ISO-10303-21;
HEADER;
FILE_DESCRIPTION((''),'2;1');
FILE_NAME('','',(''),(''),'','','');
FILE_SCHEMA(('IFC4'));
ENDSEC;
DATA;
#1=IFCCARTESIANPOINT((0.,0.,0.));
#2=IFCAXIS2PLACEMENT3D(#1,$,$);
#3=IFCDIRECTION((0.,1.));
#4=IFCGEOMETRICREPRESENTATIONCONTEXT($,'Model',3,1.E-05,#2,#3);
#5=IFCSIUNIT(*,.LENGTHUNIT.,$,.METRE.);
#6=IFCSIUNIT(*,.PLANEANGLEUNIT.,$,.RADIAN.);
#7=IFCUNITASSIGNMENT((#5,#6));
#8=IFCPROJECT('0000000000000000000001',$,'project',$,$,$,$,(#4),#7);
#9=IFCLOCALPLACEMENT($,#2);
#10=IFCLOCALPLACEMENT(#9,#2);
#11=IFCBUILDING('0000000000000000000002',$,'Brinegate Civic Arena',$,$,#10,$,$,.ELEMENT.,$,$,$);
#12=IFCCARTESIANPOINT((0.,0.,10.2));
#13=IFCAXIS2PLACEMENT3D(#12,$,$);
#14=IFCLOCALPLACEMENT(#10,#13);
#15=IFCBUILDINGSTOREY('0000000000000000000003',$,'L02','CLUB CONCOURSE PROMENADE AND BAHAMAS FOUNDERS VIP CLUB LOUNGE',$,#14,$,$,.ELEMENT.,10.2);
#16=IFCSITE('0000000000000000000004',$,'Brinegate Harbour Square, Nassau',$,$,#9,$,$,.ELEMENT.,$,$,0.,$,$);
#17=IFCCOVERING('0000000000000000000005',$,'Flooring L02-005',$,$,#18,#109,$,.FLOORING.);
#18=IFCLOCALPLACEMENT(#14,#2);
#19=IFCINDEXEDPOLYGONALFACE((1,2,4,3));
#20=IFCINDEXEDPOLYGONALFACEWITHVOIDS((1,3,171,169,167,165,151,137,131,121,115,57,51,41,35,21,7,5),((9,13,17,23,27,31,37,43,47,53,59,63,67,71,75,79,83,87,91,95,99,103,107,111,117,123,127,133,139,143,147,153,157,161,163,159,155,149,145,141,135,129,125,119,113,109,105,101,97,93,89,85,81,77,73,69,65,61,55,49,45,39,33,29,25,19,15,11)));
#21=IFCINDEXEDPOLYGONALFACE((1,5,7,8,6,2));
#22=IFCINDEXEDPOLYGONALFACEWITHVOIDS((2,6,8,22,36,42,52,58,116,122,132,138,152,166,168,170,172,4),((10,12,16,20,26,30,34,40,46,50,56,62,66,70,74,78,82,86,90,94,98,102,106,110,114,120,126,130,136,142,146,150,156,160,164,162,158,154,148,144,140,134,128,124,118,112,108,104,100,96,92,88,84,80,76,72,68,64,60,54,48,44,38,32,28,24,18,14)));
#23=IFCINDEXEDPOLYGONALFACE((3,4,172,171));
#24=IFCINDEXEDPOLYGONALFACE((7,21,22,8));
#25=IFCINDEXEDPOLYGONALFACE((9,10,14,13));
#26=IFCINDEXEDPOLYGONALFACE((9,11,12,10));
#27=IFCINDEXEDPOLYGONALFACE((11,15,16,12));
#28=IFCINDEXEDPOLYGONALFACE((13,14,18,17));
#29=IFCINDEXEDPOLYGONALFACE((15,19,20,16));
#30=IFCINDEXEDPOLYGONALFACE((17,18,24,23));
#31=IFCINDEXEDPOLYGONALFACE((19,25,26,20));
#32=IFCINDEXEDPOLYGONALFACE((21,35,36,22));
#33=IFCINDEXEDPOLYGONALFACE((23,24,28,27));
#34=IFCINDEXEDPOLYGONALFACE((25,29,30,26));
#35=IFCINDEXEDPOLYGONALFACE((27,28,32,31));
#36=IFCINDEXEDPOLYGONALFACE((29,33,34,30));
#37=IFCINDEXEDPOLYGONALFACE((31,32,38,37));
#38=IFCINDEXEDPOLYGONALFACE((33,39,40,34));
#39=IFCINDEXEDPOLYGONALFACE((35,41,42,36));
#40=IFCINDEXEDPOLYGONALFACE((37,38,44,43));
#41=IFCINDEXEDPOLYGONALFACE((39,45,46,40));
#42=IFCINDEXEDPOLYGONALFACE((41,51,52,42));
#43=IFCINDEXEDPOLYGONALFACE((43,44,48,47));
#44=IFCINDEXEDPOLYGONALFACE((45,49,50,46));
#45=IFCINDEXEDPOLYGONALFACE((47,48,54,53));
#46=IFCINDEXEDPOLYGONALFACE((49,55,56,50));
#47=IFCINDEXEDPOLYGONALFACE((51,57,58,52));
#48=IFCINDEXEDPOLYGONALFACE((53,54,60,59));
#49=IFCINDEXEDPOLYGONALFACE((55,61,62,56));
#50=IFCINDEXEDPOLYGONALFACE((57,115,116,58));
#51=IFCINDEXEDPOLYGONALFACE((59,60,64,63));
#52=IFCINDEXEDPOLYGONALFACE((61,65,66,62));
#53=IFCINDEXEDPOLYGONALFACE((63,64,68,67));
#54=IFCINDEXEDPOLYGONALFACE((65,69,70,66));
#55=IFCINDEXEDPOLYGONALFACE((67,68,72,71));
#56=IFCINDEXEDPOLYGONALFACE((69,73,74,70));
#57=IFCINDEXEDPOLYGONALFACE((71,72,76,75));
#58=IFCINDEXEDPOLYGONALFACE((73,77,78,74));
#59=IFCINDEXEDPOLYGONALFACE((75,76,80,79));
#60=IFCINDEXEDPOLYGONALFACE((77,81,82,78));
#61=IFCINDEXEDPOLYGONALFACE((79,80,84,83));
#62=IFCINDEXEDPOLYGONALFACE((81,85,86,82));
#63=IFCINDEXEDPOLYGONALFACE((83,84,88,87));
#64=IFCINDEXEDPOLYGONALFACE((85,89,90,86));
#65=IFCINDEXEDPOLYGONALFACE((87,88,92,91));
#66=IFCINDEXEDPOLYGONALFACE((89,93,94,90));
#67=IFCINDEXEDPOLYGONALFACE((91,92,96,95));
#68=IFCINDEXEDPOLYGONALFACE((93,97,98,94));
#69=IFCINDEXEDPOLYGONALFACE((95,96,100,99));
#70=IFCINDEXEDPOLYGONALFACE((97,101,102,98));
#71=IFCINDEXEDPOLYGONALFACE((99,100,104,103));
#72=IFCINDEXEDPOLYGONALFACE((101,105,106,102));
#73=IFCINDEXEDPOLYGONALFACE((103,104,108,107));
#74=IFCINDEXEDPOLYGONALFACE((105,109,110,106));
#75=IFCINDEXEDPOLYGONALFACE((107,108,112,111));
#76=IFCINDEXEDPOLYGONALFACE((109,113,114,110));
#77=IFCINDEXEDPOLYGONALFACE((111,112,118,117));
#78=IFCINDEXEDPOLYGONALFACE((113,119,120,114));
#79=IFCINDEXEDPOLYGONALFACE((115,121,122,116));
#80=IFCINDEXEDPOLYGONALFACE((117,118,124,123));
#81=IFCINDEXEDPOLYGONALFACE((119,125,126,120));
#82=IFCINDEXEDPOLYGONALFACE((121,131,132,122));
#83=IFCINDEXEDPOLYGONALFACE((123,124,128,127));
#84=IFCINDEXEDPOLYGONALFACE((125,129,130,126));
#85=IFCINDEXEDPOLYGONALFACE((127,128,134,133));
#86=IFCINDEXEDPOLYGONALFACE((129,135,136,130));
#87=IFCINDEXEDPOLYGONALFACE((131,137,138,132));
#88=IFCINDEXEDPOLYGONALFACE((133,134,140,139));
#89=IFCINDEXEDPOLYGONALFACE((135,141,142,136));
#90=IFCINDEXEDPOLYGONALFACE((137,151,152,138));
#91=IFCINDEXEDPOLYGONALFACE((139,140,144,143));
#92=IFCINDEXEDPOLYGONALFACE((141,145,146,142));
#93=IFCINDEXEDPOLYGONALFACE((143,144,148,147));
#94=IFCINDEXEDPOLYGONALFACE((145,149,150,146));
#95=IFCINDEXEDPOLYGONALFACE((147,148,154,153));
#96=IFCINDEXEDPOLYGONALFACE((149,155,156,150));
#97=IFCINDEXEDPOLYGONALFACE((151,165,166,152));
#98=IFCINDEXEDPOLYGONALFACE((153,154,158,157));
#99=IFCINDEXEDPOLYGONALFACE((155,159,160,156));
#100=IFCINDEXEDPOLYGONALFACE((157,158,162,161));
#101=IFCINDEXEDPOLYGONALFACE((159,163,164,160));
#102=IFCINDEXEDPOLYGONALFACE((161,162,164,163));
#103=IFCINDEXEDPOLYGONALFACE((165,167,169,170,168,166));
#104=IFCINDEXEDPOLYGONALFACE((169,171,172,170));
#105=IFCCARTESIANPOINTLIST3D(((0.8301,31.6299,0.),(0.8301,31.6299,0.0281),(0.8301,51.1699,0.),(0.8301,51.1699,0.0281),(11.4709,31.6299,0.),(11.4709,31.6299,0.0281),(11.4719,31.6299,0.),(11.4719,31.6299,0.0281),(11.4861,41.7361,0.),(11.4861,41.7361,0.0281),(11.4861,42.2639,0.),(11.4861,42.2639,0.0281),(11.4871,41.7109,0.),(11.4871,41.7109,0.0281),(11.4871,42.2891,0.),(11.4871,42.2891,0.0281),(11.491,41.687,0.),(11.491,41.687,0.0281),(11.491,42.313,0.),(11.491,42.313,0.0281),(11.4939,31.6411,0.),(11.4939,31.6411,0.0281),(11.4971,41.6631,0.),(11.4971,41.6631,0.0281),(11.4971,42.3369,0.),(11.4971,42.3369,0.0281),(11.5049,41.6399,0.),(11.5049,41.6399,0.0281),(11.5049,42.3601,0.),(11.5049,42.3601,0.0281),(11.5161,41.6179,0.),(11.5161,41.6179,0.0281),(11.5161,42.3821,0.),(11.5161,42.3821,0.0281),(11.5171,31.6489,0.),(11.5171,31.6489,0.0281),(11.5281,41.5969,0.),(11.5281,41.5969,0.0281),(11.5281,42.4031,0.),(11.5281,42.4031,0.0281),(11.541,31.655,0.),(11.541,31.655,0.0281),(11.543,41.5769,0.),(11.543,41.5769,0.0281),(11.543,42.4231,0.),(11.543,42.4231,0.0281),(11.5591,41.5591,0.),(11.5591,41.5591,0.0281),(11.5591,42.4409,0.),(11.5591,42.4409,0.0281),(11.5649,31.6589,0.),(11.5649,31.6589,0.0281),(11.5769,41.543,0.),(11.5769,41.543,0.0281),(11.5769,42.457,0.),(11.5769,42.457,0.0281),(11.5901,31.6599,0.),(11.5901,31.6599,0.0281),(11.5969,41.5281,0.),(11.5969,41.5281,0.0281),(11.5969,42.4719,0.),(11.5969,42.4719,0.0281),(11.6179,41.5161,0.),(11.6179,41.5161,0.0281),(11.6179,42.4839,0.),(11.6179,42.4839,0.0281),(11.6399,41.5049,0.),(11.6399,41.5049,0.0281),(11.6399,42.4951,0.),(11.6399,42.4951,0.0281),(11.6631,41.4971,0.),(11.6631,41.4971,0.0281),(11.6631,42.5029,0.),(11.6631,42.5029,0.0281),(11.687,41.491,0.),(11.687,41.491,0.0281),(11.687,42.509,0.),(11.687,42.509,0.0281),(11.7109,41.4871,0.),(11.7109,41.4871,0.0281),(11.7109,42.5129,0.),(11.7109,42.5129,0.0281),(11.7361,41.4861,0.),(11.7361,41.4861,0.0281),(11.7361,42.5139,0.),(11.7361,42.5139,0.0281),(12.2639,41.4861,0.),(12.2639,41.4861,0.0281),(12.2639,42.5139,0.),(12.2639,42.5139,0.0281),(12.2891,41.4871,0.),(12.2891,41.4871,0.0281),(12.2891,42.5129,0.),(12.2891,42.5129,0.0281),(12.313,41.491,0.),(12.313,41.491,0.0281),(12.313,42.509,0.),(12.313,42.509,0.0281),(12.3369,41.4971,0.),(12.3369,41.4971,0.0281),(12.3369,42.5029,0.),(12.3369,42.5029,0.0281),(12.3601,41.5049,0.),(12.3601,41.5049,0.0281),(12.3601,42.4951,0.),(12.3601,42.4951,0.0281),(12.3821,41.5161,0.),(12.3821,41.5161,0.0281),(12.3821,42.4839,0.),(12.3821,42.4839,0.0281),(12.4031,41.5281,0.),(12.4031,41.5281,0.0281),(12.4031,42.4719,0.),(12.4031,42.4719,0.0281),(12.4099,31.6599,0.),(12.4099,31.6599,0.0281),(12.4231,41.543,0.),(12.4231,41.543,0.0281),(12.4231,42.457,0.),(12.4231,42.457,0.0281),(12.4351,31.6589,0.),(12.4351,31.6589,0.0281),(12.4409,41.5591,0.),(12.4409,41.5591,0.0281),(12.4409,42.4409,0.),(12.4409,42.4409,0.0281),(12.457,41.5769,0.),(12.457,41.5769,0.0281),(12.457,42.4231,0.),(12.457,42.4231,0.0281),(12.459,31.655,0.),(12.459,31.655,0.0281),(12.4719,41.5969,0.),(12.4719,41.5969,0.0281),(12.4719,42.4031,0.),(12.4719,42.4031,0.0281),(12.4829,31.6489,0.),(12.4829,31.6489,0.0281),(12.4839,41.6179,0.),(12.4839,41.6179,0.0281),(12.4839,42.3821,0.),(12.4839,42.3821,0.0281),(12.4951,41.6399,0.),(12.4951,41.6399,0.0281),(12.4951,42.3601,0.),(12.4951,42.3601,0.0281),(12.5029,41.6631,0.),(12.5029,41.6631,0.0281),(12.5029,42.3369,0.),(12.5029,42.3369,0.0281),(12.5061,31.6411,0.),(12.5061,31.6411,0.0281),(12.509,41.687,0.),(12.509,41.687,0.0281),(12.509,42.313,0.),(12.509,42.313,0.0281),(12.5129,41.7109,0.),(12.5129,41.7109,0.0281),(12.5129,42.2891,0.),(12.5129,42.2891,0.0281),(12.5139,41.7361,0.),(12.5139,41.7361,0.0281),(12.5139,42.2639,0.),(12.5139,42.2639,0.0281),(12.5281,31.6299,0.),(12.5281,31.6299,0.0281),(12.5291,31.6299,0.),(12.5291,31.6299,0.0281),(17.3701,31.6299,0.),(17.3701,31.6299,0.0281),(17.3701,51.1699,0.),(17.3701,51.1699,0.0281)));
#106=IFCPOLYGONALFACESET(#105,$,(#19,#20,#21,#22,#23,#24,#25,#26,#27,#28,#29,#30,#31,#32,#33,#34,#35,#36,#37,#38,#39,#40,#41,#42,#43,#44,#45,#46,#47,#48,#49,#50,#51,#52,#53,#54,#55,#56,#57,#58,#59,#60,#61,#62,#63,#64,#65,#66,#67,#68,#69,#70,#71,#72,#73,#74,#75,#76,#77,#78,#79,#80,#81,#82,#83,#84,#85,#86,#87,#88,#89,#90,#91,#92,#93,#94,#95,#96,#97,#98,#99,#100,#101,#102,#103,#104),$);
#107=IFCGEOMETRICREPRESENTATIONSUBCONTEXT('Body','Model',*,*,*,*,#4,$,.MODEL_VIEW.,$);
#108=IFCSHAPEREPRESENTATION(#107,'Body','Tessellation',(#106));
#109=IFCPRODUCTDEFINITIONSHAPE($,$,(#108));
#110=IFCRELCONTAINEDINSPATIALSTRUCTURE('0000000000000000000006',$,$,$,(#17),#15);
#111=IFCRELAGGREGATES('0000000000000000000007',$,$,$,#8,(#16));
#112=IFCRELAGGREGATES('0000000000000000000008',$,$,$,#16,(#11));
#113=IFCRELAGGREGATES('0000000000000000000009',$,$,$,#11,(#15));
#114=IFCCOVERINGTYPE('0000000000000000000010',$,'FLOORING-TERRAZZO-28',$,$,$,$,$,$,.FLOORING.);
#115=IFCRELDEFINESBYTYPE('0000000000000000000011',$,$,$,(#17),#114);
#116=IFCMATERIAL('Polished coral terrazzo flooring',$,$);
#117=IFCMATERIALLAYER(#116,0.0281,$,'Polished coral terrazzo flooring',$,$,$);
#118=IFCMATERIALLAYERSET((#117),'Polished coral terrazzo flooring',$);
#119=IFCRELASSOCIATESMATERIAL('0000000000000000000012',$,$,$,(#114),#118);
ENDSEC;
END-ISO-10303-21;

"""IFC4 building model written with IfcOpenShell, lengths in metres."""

from ifc_helpers import new_model, si_unit, direction, frame, origin, place, context, subcontext, project, spatial, polyline, outline, extrude, material, layer, layer_set, type_object, element, save


model = new_model("IFC4")

# Units and contexts
model_context = context("Model", 3, precision=1e-05, world=origin(), true_north=direction((0.0, 1.0)))
body_context = subcontext(model_context, "Body", "Model", "MODEL_VIEW")
ifc_project = project(units=[si_unit("LENGTHUNIT", "METRE"), si_unit("PLANEANGLEUNIT", "RADIAN")], contexts=[model_context])

# Site, building, storey
site_placement = place(None, origin())
site = spatial("IfcSite", under=ifc_project, at=site_placement, Name="Brinegate Harbour Square, Nassau", CompositionType="ELEMENT", RefElevation=0.0)
building_placement = place(site_placement, origin())
building = spatial("IfcBuilding", under=site, at=building_placement, Name="Brinegate Civic Arena", CompositionType="ELEMENT")
storey_placement = place(building_placement, frame((0.0, 0.0, 10.2)))
storey = spatial("IfcBuildingStorey", under=building, at=storey_placement, Name="L02", Description="CLUB CONCOURSE PROMENADE AND BAHAMAS FOUNDERS VIP CLUB LOUNGE", CompositionType="ELEMENT", Elevation=10.2)

# Covering
ifc_material_1 = material(Name="Polished coral terrazzo flooring")
ifc_layer_1 = layer(ifc_material_1, 0.0281, Name="Polished coral terrazzo flooring")
ifc_layer_set_1 = layer_set([ifc_layer_1], Name="Polished coral terrazzo flooring")
covering_type_1 = type_object("IfcCoveringType", Name="FLOORING-TERRAZZO-28", PredefinedType="FLOORING", material=ifc_layer_set_1)
covering_1_placement = place(storey_placement, origin())
element("IfcCovering", 1, at=covering_1_placement, inside=storey, type_object=covering_type_1, Name="Flooring L02-005", PredefinedType="FLOORING", context=body_context, shape_type="SweptSolid", body=[
    extrude(outline(polyline([(0.8301, 31.6299), (0.8301, 51.1699), (17.3701, 51.1699), (17.3701, 31.6299), (12.5291, 31.6299), (12.5281, 31.6299), (12.5061, 31.6411), (12.4829, 31.6489), (12.459, 31.655), (12.4351, 31.6589), (12.4099, 31.6599), (11.5901, 31.6599), (11.5649, 31.6589), (11.541, 31.655), (11.5171, 31.6489), (11.4939, 31.6411), (11.4719, 31.6299), (11.4709, 31.6299), (0.8301, 31.6299)]), holes=[polyline([(11.7361, 42.5139), (11.7109, 42.5129), (11.687, 42.509), (11.6631, 42.5029), (11.6399, 42.4951), (11.6179, 42.4839), (11.5969, 42.4719), (11.5769, 42.457), (11.5591, 42.4409), (11.543, 42.4231), (11.5281, 42.4031), (11.5161, 42.3821), (11.5049, 42.3601), (11.4971, 42.3369), (11.491, 42.313), (11.4871, 42.2891), (11.4861, 42.2639), (11.4861, 41.7361), (11.4871, 41.7109), (11.491, 41.687), (11.4971, 41.6631), (11.5049, 41.6399), (11.5161, 41.6179), (11.5281, 41.5969), (11.543, 41.5769), (11.5591, 41.5591), (11.5769, 41.543), (11.5969, 41.5281), (11.6179, 41.5161), (11.6399, 41.5049), (11.6631, 41.4971), (11.687, 41.491), (11.7109, 41.4871), (11.7361, 41.4861), (12.2639, 41.4861), (12.2891, 41.4871), (12.313, 41.491), (12.3369, 41.4971), (12.3601, 41.5049), (12.3821, 41.5161), (12.4031, 41.5281), (12.4231, 41.543), (12.4409, 41.5591), (12.457, 41.5769), (12.4719, 41.5969), (12.4839, 41.6179), (12.4951, 41.6399), (12.5029, 41.6631), (12.509, 41.687), (12.5129, 41.7109), (12.5139, 41.7361), (12.5139, 42.2639), (12.5129, 42.2891), (12.509, 42.313), (12.5029, 42.3369), (12.4951, 42.3601), (12.4839, 42.3821), (12.4719, 42.4031), (12.457, 42.4231), (12.4409, 42.4409), (12.4231, 42.457), (12.4031, 42.4719), (12.3821, 42.4839), (12.3601, 42.4951), (12.3369, 42.5029), (12.313, 42.509), (12.2891, 42.5129), (12.2639, 42.5139), (11.7361, 42.5139)])]), origin(), (0.0, 0.0, 1.0), 0.0281),
])

save(model, "model.ifc")
